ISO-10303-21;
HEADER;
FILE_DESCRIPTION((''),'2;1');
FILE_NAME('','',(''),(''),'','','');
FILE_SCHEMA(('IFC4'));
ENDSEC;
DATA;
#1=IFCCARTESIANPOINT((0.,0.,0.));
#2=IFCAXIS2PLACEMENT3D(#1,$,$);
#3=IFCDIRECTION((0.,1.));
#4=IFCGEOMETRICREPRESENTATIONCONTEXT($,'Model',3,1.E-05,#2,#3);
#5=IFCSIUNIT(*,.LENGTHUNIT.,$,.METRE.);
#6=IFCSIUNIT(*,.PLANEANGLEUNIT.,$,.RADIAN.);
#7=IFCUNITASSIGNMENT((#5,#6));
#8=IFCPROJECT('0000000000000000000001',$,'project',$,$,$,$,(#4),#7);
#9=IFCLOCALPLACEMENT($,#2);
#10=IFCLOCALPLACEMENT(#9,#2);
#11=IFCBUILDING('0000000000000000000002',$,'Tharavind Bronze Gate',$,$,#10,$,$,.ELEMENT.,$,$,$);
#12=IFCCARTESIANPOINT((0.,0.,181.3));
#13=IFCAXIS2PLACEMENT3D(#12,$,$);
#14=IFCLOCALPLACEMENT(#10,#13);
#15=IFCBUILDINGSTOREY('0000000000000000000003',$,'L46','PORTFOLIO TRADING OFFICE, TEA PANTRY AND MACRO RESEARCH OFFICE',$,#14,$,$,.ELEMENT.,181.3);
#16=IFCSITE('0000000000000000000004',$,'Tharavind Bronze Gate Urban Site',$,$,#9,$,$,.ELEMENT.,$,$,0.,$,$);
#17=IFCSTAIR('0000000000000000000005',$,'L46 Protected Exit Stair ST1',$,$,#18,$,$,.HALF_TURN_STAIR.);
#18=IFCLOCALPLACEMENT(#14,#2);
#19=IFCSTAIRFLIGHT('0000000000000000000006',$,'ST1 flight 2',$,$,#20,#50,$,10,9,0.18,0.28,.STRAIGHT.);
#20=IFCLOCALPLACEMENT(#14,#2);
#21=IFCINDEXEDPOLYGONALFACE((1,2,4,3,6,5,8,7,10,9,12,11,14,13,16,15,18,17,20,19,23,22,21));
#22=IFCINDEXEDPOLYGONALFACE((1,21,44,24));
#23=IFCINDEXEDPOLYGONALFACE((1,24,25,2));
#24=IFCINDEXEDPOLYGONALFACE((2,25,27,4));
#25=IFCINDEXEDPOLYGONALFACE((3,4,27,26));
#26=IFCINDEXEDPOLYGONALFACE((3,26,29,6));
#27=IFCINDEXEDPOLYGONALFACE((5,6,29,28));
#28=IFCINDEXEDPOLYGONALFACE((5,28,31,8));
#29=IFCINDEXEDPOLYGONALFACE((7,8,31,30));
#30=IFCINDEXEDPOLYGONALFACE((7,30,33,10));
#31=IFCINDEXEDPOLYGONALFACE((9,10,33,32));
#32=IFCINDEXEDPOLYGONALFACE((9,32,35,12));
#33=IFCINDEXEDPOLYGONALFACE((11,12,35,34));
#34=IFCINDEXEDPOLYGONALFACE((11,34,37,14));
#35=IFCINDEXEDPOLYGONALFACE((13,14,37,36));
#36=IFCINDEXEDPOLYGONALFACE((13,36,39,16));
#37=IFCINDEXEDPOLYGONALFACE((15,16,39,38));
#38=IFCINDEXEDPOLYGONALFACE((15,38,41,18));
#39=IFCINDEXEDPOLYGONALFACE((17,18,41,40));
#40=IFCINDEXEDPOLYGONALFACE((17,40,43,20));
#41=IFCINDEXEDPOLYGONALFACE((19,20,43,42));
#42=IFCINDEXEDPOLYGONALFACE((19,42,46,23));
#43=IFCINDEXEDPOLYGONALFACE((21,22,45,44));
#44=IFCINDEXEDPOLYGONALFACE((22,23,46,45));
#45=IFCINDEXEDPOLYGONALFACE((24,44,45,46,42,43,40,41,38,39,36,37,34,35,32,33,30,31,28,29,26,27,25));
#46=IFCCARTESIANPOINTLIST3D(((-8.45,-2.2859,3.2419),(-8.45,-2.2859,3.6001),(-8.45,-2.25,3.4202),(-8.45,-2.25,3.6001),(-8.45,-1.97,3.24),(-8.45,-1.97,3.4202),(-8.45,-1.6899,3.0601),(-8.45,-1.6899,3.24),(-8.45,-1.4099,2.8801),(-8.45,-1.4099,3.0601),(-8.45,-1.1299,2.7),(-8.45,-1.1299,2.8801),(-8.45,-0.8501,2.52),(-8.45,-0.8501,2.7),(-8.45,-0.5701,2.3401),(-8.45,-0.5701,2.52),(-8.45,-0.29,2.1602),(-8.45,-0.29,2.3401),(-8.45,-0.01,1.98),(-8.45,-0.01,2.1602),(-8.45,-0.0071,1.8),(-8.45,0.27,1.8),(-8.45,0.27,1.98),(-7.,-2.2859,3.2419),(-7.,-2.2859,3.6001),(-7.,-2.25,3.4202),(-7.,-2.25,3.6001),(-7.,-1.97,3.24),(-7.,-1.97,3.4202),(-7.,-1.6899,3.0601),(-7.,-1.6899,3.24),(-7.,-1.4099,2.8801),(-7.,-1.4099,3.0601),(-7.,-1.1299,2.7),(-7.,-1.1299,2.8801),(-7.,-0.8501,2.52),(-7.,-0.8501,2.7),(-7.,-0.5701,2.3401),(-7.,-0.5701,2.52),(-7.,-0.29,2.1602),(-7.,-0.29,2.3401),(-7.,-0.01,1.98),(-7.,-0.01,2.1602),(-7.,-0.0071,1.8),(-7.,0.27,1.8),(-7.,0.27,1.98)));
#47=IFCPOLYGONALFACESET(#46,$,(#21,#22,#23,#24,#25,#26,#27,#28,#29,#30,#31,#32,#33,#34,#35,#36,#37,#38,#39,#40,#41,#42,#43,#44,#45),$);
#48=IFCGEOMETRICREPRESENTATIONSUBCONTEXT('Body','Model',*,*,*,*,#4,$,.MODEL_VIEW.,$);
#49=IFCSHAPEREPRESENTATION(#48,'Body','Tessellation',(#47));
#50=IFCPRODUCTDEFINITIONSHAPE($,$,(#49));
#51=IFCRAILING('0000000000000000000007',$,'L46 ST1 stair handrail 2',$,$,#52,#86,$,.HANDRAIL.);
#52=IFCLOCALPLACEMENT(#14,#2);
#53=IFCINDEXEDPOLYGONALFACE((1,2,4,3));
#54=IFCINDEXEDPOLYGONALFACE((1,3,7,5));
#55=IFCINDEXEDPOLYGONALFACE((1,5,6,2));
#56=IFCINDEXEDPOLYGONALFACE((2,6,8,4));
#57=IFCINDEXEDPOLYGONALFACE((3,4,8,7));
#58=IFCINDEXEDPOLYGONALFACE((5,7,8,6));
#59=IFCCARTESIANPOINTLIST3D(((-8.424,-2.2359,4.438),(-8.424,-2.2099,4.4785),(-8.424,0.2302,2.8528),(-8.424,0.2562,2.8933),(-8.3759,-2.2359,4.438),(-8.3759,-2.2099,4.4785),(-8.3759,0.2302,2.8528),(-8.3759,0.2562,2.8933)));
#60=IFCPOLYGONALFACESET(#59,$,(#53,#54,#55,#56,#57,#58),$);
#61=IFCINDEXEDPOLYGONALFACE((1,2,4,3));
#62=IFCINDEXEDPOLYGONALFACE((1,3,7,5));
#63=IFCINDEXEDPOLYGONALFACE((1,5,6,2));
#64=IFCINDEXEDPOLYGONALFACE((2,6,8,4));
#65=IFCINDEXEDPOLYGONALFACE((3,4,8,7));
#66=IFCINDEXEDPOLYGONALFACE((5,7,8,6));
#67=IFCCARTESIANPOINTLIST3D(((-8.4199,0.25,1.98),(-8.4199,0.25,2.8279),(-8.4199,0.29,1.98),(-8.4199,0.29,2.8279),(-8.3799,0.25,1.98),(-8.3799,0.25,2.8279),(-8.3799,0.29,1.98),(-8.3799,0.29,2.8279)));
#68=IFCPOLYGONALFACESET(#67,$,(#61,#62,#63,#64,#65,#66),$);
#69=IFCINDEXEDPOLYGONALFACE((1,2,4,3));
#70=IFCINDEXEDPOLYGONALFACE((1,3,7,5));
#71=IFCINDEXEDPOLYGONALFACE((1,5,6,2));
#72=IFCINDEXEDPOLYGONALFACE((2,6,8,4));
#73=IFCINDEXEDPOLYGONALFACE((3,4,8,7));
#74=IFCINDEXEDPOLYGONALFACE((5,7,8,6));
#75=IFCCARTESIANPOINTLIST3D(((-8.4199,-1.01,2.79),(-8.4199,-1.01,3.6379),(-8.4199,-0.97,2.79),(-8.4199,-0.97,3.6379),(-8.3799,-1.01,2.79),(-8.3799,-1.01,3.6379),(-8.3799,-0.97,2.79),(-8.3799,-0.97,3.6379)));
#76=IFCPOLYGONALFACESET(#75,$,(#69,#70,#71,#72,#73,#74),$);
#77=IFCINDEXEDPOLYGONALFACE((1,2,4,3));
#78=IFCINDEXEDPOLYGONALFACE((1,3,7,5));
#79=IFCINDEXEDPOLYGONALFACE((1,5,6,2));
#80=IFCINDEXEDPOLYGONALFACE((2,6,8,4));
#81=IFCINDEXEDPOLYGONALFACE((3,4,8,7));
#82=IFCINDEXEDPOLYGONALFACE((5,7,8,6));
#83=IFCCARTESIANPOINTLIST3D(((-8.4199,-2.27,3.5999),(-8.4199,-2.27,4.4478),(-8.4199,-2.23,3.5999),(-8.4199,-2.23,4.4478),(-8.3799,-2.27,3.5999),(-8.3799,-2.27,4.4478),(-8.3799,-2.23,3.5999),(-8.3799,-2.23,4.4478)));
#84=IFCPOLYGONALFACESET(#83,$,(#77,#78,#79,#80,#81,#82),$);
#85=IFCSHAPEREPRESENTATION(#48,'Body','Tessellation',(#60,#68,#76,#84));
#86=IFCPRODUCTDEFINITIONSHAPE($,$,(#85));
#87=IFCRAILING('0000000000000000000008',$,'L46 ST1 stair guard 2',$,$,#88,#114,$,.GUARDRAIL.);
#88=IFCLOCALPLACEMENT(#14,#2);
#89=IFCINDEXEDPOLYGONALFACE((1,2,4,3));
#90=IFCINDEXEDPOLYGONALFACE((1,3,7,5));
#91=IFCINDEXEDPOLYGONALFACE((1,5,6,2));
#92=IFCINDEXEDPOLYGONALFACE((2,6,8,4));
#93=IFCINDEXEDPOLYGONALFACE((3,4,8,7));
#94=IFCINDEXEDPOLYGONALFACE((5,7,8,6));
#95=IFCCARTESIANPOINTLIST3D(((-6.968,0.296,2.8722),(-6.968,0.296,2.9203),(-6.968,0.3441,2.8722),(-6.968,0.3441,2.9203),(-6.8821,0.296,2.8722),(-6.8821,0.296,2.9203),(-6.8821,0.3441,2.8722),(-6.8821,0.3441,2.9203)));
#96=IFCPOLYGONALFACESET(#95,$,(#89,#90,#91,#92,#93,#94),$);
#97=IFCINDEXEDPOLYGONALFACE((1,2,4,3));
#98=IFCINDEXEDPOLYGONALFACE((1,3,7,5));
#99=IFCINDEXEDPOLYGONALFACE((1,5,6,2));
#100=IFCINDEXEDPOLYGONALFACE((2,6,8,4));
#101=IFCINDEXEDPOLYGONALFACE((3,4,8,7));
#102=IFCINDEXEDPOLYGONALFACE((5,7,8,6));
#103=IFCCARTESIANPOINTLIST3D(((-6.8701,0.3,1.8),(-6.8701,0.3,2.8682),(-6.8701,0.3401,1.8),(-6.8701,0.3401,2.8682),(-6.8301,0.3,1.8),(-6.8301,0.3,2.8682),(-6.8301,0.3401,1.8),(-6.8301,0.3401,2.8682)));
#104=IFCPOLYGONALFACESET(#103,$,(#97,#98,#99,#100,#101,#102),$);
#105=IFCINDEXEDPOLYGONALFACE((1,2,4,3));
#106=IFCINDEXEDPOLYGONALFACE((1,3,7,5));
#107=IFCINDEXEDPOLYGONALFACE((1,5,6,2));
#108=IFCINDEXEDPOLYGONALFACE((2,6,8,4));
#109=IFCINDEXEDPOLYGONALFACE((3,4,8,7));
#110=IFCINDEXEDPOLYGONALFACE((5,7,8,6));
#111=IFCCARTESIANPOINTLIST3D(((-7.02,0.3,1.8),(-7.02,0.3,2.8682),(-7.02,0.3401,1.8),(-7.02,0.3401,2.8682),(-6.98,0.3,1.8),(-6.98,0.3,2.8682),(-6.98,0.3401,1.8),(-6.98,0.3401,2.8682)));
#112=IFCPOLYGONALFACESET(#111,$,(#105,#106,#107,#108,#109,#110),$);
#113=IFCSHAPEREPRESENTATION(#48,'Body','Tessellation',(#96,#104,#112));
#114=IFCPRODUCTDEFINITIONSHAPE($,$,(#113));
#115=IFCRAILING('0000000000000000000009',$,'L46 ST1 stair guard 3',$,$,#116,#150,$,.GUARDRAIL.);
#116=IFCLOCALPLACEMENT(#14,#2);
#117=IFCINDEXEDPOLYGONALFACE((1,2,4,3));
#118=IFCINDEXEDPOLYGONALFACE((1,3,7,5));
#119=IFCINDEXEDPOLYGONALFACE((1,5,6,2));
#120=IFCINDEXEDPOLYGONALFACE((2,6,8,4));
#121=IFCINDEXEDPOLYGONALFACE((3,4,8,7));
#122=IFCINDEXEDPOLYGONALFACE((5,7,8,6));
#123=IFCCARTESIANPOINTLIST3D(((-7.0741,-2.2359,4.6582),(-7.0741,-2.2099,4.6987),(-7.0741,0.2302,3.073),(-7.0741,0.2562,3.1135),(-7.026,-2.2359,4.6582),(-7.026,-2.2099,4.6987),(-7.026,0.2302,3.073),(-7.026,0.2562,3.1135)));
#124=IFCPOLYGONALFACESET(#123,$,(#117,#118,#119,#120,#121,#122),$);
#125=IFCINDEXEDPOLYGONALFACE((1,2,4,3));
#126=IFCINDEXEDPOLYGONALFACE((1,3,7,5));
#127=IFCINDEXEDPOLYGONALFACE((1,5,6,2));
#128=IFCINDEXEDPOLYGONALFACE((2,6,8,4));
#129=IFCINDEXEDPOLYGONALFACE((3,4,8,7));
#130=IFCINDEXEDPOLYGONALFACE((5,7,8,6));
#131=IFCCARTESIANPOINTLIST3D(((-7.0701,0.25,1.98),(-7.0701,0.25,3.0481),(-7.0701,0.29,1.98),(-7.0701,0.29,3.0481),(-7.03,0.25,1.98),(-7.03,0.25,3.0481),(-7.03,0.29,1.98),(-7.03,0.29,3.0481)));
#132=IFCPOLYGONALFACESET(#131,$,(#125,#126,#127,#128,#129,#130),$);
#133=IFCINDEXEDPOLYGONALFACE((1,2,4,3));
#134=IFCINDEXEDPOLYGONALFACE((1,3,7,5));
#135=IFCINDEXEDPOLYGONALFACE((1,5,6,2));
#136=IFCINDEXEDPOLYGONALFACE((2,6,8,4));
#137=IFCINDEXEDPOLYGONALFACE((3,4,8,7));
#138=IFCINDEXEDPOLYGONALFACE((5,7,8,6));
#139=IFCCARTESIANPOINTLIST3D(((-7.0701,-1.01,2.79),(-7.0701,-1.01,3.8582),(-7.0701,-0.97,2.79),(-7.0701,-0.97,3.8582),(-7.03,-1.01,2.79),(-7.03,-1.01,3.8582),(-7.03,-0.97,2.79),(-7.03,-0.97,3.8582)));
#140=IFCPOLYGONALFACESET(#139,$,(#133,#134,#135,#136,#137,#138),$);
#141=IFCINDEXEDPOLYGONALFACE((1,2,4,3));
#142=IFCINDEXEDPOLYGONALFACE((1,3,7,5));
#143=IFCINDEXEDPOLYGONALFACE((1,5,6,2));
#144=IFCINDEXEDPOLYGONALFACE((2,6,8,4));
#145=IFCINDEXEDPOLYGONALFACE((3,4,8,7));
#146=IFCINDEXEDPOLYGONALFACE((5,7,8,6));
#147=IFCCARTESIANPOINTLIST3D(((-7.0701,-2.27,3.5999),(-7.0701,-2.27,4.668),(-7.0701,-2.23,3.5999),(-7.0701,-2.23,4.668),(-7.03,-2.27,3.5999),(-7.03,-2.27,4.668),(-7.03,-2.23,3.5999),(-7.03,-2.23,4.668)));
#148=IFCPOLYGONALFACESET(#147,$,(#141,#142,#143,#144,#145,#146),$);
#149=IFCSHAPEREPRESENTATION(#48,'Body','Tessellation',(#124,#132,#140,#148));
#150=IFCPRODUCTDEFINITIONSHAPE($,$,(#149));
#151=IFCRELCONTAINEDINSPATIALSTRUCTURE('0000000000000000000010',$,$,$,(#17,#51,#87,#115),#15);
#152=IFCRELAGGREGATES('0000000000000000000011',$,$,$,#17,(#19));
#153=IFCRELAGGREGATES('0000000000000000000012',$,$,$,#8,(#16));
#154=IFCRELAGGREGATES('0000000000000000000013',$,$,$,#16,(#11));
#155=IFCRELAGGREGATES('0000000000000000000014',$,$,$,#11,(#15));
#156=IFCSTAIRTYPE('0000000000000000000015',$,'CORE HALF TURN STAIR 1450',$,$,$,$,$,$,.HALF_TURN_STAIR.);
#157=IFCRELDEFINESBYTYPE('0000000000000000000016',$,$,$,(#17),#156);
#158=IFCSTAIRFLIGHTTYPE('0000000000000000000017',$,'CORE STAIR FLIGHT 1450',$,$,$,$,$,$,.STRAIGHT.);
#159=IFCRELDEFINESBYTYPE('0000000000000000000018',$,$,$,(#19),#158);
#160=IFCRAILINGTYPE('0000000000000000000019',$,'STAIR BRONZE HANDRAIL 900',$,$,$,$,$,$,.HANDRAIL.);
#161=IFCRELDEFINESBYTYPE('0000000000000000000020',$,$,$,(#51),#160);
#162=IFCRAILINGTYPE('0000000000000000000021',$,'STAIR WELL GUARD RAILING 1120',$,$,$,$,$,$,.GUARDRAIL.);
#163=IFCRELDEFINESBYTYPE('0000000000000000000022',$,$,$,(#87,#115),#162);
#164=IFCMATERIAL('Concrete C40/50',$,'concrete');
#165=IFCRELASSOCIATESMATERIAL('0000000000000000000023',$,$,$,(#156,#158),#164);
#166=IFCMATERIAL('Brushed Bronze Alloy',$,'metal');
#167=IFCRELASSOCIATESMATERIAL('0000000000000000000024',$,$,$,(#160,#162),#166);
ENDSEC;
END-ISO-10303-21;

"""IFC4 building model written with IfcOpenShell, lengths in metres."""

from ifc_helpers import new_model, si_unit, direction, frame, origin, origin_2d, place, context, subcontext, project, spatial, polyline, rectangle, outline, extrude, material, type_object, element, aggregate, save


model = new_model("IFC4")

# Units and contexts
model_context = context("Model", 3, precision=1e-05, world=origin(), true_north=direction((0.0, 1.0)))
body_context = subcontext(model_context, "Body", "Model", "MODEL_VIEW")
ifc_project = project(units=[si_unit("LENGTHUNIT", "METRE"), si_unit("PLANEANGLEUNIT", "RADIAN")], contexts=[model_context])

# Site, building, storey
site_placement = place(None, origin())
site = spatial("IfcSite", under=ifc_project, at=site_placement, Name="Tharavind Bronze Gate Urban Site", CompositionType="ELEMENT", RefElevation=0.0)
building_placement = place(site_placement, origin())
building = spatial("IfcBuilding", under=site, at=building_placement, Name="Tharavind Bronze Gate", CompositionType="ELEMENT")
storey_placement = place(building_placement, frame((0.0, 0.0, 181.3)))
storey = spatial("IfcBuildingStorey", under=building, at=storey_placement, Name="L46", Description="PORTFOLIO TRADING OFFICE, TEA PANTRY AND MACRO RESEARCH OFFICE", CompositionType="ELEMENT", Elevation=181.3)

# Shared definitions
ifc_material_1 = material(Name="Concrete C40/50", Category="concrete")

# Stair, stair flight
stair_type = type_object("IfcStairType", Name="CORE HALF TURN STAIR 1450", PredefinedType="HALF_TURN_STAIR", material=ifc_material_1)
stair_placement = place(storey_placement, origin())
stair = element("IfcStair", 1, at=stair_placement, inside=storey, type_object=stair_type, Name="L46 Protected Exit Stair ST1", PredefinedType="HALF_TURN_STAIR")
stair_flight_type = type_object("IfcStairFlightType", Name="CORE STAIR FLIGHT 1450", PredefinedType="STRAIGHT", material=ifc_material_1)
stair_flight_placement = place(storey_placement, frame((-7.7251, 0.27, 1.8), z_axis=(0.0, 0.0, 1.0), x_axis=(0.0, -1.0, 0.0)))
stair_flight = element("IfcStairFlight", 2, at=stair_flight_placement, type_object=stair_flight_type, Name="ST1 flight 2", NumberOfRisers=10, NumberOfTreads=9, PredefinedType="STRAIGHT", RiserHeight=0.18, TreadLength=0.28, context=body_context, shape_type="SweptSolid", body=[
    extrude(outline(polyline([(0.0, 0.0), (0.0, 0.1799), (0.28, 0.1799), (0.28, 0.3601), (0.5601, 0.3601), (0.5601, 0.54), (0.8401, 0.54), (0.8401, 0.72), (1.1201, 0.72), (1.1201, 0.8999), (1.3999, 0.8999), (1.3999, 1.0801), (1.6799, 1.0801), (1.6799, 1.26), (1.96, 1.26), (1.96, 1.4399), (2.24, 1.4399), (2.24, 1.6201), (2.52, 1.6201), (2.52, 1.8), (2.5559, 1.8), (2.5559, 1.4419), (0.2771, 0.0), (0.0, 0.0)])), frame((0.0, 0.7251, 0.0), z_axis=(0.0, -1.0, 0.0), x_axis=(1.0, 0.0, 0.0)), (0.0, 0.0, 1.0), 1.45),
])
aggregate(stair, [stair_flight])

# Railings
ifc_material_2 = material(Name="Brushed Bronze Alloy", Category="metal")
railing_type_1 = type_object("IfcRailingType", Name="STAIR BRONZE HANDRAIL 900", PredefinedType="HANDRAIL", material=ifc_material_2)
railing_1_placement = place(storey_placement, frame((-8.3999, 0.27, 1.98)))
element("IfcRailing", 3, at=railing_1_placement, inside=storey, type_object=railing_type_1, Name="L46 ST1 stair handrail 2", PredefinedType="HANDRAIL", context=body_context, shape_type="SweptSolid", body=[
    extrude(rectangle(XDim=0.0481, YDim=0.0481, at=origin_2d()), frame((0.0, -0.0269, 0.8931), z_axis=(0.0, -0.8412, 0.540725), x_axis=(1.0, 0.0, 0.0)), (0.0, 0.0, 1.0), 2.9316),
    extrude(rectangle(XDim=0.04, YDim=0.04, at=origin_2d()), origin(), (0.0, 0.0, 1.0), 0.8479),
    extrude(rectangle(XDim=0.04, YDim=0.04, at=origin_2d()), frame((0.0, -1.26, 0.8101)), (0.0, 0.0, 1.0), 0.8479),
    extrude(rectangle(XDim=0.04, YDim=0.04, at=origin_2d()), frame((0.0, -2.52, 1.6199)), (0.0, 0.0, 1.0), 0.8479),
])
railing_type_2 = type_object("IfcRailingType", Name="STAIR WELL GUARD RAILING 1120", PredefinedType="GUARDRAIL", material=ifc_material_2)
railing_2_placement = place(storey_placement, frame((-6.8501, 0.3201, 1.8)))
element("IfcRailing", 4, at=railing_2_placement, inside=storey, type_object=railing_type_2, Name="L46 ST1 stair guard 2", PredefinedType="GUARDRAIL", context=body_context, shape_type="SweptSolid", body=[
    extrude(rectangle(XDim=0.0481, YDim=0.0481, at=origin_2d()), frame((-0.032, 0.0, 1.0962), z_axis=(-1.0, 0.0, 0.0), x_axis=(0.0, -1.0, 0.0)), (0.0, 0.0, 1.0), 0.0859),
    extrude(rectangle(XDim=0.04, YDim=0.04, at=origin_2d()), origin(), (0.0, 0.0, 1.0), 1.0681),
    extrude(rectangle(XDim=0.04, YDim=0.04, at=origin_2d()), frame((-0.1499, 0.0, 0.0)), (0.0, 0.0, 1.0), 1.0681),
])
railing_3_placement = place(storey_placement, frame((-7.05, 0.27, 1.98)))
element("IfcRailing", 5, at=railing_3_placement, inside=storey, type_object=railing_type_2, Name="L46 ST1 stair guard 3", PredefinedType="GUARDRAIL", context=body_context, shape_type="SweptSolid", body=[
    extrude(rectangle(XDim=0.0481, YDim=0.0481, at=origin_2d()), frame((0.0, -0.0269, 1.1133), z_axis=(0.0, -0.8412, 0.540725), x_axis=(1.0, 0.0, 0.0)), (0.0, 0.0, 1.0), 2.9316),
    extrude(rectangle(XDim=0.04, YDim=0.04, at=origin_2d()), origin(), (0.0, 0.0, 1.0), 1.0681),
    extrude(rectangle(XDim=0.04, YDim=0.04, at=origin_2d()), frame((0.0, -1.26, 0.8101)), (0.0, 0.0, 1.0), 1.0681),
    extrude(rectangle(XDim=0.04, YDim=0.04, at=origin_2d()), frame((0.0, -2.52, 1.6199)), (0.0, 0.0, 1.0), 1.0681),
])

save(model, "model.ifc")
